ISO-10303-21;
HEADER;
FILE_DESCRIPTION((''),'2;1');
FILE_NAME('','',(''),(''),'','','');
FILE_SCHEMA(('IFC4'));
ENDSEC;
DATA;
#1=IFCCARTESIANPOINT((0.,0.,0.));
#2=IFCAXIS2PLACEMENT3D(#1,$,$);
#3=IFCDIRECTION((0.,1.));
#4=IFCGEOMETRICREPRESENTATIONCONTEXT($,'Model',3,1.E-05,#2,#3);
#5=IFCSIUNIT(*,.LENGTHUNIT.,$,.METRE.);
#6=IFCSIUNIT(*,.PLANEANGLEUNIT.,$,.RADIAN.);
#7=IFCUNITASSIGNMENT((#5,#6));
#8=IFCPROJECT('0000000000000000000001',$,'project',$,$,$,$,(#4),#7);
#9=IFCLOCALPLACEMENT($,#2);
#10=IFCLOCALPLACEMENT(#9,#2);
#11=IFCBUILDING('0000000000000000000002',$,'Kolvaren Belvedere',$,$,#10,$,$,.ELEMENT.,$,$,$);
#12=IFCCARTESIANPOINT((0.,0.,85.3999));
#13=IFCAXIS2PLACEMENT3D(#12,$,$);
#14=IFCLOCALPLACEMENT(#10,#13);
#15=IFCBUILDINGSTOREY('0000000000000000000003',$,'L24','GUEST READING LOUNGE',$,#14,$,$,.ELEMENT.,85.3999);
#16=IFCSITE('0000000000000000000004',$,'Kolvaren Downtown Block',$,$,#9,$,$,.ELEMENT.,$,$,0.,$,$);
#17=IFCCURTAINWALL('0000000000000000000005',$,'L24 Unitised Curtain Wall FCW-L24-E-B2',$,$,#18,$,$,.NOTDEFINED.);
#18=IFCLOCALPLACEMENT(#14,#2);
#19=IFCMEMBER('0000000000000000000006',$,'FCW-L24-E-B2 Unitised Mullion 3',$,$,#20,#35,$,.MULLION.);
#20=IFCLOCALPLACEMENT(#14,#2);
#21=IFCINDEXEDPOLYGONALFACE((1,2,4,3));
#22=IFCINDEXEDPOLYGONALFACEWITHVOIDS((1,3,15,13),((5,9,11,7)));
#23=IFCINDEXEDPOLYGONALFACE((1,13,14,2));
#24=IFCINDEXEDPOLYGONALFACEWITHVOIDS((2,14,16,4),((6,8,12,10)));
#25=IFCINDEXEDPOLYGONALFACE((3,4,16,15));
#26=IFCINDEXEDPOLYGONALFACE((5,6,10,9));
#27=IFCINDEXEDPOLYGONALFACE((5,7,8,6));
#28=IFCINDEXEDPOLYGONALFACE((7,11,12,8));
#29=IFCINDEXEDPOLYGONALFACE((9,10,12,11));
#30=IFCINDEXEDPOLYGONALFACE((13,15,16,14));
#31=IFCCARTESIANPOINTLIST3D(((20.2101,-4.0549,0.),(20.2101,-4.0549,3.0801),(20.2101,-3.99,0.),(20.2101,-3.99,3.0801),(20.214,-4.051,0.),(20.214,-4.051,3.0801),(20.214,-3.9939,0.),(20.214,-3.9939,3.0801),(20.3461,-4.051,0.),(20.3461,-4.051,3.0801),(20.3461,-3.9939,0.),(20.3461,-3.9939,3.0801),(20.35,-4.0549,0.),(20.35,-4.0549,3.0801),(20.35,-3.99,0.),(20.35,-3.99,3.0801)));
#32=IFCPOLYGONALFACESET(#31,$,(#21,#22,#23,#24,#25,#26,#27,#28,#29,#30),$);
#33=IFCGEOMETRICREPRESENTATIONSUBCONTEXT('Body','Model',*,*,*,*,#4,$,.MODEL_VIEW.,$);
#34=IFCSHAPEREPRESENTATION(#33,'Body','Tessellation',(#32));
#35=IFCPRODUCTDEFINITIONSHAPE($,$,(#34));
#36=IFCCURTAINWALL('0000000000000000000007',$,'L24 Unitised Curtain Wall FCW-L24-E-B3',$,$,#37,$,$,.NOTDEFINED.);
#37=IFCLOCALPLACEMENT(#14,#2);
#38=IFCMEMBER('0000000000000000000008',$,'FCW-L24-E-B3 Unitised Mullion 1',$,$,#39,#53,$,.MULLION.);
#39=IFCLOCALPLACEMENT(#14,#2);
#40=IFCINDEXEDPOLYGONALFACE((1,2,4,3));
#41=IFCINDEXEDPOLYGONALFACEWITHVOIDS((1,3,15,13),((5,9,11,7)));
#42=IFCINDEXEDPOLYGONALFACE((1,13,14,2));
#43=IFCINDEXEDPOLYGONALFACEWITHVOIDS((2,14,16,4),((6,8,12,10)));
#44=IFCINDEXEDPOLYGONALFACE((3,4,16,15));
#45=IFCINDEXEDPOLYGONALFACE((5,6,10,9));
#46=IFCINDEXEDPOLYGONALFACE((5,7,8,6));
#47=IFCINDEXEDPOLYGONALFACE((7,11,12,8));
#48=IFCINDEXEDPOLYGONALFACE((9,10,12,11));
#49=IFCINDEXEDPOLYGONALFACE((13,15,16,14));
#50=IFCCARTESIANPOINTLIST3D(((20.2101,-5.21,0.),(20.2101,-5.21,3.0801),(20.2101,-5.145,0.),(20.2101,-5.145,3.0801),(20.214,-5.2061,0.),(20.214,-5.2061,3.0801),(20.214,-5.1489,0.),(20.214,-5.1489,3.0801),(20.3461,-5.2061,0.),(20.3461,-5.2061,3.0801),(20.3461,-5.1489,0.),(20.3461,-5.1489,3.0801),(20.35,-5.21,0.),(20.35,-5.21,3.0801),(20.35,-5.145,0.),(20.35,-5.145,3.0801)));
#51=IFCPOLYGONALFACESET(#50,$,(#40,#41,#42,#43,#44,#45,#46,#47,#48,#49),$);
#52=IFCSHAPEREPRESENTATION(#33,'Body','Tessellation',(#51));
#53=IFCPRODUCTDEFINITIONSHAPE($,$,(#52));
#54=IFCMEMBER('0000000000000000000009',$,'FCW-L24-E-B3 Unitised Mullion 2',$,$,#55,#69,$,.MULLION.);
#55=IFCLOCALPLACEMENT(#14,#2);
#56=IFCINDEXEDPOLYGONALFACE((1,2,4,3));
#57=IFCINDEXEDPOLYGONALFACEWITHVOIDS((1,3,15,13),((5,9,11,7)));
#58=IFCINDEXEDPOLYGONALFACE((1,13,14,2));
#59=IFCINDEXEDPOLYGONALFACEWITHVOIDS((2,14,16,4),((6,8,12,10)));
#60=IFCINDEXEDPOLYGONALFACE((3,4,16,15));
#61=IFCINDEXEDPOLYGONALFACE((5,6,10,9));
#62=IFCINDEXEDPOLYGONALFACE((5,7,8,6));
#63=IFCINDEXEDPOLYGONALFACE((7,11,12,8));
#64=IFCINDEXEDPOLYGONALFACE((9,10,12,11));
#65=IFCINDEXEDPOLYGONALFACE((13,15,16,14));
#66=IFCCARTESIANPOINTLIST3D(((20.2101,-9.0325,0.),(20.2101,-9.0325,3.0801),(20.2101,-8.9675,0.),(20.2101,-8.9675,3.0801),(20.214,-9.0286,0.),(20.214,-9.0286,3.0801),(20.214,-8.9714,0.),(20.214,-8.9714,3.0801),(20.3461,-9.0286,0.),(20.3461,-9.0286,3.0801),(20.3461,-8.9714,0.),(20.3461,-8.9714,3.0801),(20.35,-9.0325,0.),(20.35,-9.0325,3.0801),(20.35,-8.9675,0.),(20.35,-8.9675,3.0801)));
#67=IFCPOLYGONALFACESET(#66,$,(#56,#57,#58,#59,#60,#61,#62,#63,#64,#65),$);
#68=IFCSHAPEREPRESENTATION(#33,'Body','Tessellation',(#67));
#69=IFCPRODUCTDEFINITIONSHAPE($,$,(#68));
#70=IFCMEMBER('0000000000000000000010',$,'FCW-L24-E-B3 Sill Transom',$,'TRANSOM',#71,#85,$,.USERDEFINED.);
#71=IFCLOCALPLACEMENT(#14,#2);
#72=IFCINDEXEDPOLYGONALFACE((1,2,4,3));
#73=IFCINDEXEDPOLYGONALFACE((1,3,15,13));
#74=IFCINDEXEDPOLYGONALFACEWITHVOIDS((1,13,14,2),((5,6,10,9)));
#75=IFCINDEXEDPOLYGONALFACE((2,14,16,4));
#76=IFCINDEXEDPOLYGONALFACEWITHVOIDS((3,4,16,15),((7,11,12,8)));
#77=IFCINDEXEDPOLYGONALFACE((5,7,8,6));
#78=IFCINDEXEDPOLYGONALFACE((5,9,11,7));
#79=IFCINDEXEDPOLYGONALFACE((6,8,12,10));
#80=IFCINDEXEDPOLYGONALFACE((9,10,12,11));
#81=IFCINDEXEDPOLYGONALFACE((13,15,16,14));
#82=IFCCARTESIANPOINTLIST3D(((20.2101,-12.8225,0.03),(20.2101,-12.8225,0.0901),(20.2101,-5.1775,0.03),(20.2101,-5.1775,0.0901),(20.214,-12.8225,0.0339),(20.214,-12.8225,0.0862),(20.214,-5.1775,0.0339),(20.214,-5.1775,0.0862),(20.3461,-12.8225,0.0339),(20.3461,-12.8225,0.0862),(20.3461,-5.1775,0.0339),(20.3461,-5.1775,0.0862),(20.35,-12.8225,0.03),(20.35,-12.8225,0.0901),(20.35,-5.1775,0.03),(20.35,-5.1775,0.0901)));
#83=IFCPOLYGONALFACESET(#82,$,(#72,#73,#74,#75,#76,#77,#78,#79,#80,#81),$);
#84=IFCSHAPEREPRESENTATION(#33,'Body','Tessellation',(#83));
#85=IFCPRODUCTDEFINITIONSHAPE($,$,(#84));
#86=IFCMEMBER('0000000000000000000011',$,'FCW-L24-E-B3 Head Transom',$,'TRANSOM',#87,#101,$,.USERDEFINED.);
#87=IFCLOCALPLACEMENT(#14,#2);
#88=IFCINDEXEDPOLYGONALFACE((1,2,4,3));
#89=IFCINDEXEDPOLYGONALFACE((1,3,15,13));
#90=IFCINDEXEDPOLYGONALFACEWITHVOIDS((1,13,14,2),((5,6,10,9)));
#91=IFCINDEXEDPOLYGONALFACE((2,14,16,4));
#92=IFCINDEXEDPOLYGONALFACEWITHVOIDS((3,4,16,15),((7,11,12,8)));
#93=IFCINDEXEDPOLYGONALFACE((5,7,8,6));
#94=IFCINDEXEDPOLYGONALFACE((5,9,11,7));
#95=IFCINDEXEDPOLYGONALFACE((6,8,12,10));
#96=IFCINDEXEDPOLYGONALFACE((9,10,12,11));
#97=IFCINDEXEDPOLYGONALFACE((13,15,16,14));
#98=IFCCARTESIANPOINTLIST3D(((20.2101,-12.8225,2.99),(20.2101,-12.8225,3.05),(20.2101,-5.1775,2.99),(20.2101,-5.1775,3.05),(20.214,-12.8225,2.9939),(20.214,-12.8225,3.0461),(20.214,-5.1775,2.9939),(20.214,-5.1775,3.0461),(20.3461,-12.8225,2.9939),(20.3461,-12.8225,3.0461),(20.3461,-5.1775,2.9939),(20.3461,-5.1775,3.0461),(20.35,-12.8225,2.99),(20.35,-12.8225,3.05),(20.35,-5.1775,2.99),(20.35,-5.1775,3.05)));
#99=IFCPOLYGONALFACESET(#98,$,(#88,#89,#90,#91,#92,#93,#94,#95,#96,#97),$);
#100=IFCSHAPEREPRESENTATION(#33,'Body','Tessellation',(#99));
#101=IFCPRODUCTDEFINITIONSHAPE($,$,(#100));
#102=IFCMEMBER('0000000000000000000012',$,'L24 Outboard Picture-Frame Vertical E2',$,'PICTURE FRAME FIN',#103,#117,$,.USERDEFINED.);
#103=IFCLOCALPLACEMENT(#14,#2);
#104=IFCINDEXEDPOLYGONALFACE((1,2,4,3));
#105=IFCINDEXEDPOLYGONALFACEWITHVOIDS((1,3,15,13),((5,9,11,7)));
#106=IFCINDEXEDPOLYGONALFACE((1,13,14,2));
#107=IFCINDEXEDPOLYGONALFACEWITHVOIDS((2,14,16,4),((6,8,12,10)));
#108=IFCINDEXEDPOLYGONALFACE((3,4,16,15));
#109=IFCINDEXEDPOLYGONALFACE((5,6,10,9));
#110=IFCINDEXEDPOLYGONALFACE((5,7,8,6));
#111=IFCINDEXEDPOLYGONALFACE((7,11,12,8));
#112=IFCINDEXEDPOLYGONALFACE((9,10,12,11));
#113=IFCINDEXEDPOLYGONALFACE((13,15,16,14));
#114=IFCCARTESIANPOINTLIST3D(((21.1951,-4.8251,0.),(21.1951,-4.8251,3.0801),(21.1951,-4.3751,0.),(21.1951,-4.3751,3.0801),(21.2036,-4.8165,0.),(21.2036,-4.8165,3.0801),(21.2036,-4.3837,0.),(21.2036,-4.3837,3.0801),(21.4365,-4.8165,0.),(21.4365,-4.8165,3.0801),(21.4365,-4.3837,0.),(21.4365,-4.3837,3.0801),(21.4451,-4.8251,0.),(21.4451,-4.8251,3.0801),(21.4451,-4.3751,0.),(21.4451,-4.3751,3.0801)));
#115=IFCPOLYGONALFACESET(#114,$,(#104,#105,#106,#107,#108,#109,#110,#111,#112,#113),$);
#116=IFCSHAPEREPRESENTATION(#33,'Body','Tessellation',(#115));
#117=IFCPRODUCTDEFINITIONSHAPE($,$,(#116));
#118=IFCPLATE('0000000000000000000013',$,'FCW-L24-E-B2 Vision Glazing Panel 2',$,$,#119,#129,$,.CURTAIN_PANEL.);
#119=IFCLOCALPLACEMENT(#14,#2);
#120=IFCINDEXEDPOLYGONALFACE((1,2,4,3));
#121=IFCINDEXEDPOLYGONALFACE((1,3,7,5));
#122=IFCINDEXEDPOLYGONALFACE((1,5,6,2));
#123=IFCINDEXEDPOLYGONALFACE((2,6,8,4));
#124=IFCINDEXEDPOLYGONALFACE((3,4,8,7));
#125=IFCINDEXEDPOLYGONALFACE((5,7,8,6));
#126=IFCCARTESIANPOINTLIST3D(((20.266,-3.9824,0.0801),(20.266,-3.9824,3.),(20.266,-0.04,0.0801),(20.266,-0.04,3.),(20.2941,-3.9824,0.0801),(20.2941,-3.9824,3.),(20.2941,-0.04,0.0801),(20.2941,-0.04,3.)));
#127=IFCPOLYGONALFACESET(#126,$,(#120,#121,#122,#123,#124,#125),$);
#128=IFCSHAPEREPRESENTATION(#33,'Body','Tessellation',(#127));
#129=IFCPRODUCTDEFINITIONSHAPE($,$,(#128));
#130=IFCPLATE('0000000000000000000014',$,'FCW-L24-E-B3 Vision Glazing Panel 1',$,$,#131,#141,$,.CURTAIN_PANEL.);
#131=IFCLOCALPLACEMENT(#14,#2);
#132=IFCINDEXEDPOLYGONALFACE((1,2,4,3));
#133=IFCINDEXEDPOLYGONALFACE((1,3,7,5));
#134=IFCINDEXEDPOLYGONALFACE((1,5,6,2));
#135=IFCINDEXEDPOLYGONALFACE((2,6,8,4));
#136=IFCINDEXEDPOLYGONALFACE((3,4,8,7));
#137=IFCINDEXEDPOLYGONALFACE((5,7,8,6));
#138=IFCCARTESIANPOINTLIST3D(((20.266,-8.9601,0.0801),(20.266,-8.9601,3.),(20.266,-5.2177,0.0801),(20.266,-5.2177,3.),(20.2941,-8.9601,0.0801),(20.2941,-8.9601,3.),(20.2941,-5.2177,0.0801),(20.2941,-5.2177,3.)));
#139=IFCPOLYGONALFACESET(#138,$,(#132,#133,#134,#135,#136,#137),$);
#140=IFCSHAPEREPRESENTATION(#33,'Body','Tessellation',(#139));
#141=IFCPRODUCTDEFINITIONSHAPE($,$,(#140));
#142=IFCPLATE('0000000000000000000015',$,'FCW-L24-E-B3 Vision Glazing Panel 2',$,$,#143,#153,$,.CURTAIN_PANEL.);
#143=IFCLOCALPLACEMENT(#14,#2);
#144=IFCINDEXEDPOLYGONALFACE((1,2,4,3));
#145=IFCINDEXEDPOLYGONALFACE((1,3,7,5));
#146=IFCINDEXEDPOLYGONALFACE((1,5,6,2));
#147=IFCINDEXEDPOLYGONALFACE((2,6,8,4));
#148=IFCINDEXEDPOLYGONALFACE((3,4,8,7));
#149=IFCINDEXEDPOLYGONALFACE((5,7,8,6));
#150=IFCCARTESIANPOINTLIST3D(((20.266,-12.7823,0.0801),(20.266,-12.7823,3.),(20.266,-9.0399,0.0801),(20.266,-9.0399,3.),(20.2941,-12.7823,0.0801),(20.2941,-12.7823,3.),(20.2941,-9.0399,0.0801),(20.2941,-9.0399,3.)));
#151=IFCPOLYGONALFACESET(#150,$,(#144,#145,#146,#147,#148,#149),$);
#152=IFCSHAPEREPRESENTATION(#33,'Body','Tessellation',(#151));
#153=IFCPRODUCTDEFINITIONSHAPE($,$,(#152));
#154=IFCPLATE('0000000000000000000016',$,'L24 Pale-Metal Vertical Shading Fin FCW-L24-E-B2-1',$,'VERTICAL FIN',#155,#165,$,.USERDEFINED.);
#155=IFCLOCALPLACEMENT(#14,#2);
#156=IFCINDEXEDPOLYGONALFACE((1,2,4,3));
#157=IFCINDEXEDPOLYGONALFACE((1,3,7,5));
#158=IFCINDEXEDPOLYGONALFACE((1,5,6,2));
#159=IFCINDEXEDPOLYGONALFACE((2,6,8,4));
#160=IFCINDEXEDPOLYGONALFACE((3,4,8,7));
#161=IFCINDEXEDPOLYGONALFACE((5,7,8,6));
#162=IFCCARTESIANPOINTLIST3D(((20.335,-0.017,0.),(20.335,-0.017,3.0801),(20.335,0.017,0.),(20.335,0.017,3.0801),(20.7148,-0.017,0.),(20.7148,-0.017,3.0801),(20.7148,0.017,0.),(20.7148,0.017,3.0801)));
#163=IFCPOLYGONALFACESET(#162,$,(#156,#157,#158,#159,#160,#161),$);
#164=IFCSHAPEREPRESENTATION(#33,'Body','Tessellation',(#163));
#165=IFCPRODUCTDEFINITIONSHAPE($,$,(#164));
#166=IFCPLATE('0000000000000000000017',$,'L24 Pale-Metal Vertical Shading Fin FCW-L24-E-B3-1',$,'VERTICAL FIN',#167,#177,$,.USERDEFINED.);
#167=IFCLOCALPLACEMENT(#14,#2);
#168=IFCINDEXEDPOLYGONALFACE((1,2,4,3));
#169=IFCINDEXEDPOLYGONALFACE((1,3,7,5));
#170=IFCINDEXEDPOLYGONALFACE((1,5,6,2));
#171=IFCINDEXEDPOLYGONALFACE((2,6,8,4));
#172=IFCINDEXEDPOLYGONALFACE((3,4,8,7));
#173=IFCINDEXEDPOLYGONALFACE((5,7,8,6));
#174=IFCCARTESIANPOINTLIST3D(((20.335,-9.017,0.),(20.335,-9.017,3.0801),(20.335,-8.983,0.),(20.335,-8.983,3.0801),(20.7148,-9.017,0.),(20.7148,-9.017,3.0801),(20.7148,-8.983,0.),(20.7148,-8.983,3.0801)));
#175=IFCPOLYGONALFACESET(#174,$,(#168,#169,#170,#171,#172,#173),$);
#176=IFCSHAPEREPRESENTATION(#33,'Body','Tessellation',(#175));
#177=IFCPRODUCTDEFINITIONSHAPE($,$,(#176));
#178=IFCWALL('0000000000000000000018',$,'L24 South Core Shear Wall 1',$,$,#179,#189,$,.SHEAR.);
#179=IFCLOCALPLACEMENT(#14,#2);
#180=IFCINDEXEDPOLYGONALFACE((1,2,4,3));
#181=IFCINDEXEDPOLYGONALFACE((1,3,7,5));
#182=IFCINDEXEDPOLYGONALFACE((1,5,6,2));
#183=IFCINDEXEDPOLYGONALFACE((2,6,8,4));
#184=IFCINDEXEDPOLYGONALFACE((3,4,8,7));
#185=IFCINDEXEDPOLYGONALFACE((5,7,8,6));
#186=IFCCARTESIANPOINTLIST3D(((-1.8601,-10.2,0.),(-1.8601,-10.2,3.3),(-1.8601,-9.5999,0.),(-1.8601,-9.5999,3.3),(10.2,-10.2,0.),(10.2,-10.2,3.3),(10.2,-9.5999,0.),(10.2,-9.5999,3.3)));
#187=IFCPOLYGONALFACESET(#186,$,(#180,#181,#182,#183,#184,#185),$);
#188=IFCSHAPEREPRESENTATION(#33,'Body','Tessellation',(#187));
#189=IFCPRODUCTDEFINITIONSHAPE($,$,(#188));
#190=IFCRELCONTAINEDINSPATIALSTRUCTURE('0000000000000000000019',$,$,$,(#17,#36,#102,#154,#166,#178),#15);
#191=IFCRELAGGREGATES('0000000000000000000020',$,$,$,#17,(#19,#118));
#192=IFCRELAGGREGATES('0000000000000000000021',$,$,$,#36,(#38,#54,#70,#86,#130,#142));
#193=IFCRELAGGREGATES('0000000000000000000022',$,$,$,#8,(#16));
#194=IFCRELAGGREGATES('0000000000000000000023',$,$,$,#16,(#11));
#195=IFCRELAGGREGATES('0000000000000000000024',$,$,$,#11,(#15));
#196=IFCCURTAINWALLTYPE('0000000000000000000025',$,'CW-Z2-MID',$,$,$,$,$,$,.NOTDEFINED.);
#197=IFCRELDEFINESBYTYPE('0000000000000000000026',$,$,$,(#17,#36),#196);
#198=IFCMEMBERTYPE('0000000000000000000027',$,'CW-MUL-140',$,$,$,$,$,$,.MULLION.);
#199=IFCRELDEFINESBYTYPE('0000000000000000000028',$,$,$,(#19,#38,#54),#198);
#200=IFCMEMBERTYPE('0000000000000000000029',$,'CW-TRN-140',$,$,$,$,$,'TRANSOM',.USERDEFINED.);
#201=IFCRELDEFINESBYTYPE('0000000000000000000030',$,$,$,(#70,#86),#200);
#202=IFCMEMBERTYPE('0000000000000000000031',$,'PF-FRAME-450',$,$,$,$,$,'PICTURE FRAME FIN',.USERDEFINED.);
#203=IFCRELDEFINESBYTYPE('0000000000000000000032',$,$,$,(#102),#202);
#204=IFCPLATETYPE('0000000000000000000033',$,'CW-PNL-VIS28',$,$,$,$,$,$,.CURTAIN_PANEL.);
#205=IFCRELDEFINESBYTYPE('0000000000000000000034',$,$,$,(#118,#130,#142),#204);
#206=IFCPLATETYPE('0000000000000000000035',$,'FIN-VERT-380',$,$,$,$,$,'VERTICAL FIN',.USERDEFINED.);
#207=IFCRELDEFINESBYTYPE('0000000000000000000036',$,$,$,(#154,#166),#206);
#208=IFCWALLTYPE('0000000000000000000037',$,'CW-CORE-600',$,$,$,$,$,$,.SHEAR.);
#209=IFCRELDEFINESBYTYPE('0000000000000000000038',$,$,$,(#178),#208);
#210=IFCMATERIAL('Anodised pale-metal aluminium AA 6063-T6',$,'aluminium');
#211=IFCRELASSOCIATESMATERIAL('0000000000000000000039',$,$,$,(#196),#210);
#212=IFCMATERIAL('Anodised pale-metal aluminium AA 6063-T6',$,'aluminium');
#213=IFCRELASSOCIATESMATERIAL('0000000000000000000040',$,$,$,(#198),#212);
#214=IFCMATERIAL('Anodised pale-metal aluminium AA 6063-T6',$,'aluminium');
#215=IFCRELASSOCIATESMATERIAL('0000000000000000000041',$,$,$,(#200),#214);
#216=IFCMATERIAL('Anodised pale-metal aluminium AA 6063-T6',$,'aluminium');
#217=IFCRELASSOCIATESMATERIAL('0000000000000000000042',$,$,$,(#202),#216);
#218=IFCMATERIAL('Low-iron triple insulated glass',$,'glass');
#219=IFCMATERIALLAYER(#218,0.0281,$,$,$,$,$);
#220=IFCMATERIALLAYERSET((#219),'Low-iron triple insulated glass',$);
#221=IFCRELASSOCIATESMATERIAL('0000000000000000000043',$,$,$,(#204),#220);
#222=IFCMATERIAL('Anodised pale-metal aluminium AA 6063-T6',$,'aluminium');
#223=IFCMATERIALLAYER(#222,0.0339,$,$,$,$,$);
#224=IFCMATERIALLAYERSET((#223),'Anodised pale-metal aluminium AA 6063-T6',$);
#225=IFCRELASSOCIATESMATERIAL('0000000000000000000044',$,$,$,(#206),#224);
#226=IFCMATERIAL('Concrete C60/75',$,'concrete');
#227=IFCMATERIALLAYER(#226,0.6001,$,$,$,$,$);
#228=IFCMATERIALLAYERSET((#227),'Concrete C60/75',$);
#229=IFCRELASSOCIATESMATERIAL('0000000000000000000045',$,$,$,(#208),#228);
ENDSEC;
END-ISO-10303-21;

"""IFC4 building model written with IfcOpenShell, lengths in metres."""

from ifc_helpers import new_model, si_unit, direction, frame, frame_2d, origin, origin_2d, place, context, subcontext, project, spatial, rectangle, hollow_rectangle, extrude, material, layer, layer_set, material_profile, profile_set, type_object, element, aggregate, save


model = new_model("IFC4")

# Units and contexts
model_context = context("Model", 3, precision=1e-05, world=origin(), true_north=direction((0.0, 1.0)))
body_context = subcontext(model_context, "Body", "Model", "MODEL_VIEW")
ifc_project = project(units=[si_unit("LENGTHUNIT", "METRE"), si_unit("PLANEANGLEUNIT", "RADIAN")], contexts=[model_context])

# Site, building, storey
site_placement = place(None, origin())
site = spatial("IfcSite", under=ifc_project, at=site_placement, Name="Kolvaren Downtown Block", CompositionType="ELEMENT", RefElevation=0.0)
building_placement = place(site_placement, origin())
building = spatial("IfcBuilding", under=site, at=building_placement, Name="Kolvaren Belvedere", CompositionType="ELEMENT")
storey_placement = place(building_placement, frame((0.0, 0.0, 85.3999)))
storey = spatial("IfcBuildingStorey", under=building, at=storey_placement, Name="L24", Description="GUEST READING LOUNGE", CompositionType="ELEMENT", Elevation=85.3999)

# Curtain walls, members
ifc_material_1 = material(Name="Anodised pale-metal aluminium AA 6063-T6", Category="aluminium")
curtain_wall_type = type_object("IfcCurtainWallType", Name="CW-Z2-MID", PredefinedType="NOTDEFINED", material=ifc_material_1)
curtain_wall_1_placement = place(storey_placement, origin())
curtain_wall_1 = element("IfcCurtainWall", 1, at=curtain_wall_1_placement, inside=storey, type_object=curtain_wall_type, Name="L24 Unitised Curtain Wall FCW-L24-E-B2", PredefinedType="NOTDEFINED")
ifc_material_2 = material(Name="Anodised pale-metal aluminium AA 6063-T6", Category="aluminium")
ifc_material_profile_1 = material_profile(ifc_material_2, hollow_rectangle(XDim=0.0649, YDim=0.1399, WallThickness=0.0039, at=origin_2d()), Name="ALU-MUL-140X65")
ifc_profile_set_1 = profile_set([ifc_material_profile_1], Name="Anodised pale-metal aluminium AA 6063-T6")
member_type_1 = type_object("IfcMemberType", Name="CW-MUL-140", PredefinedType="MULLION", material=ifc_profile_set_1)
member_1_placement = place(storey_placement, frame((20.28, -4.0225, 0.0), z_axis=(0.0, 0.0, 1.0), x_axis=(0.0, 1.0, 0.0)))
member_1 = element("IfcMember", 2, at=member_1_placement, type_object=member_type_1, Name="FCW-L24-E-B2 Unitised Mullion 3", PredefinedType="MULLION", context=body_context, shape_type="SweptSolid", body=[
    extrude(hollow_rectangle(XDim=0.0649, YDim=0.1399, WallThickness=0.0039, at=origin_2d()), origin(), (0.0, 0.0, 1.0), 3.0801),
])
curtain_wall_2_placement = place(storey_placement, origin())
curtain_wall_2 = element("IfcCurtainWall", 3, at=curtain_wall_2_placement, inside=storey, type_object=curtain_wall_type, Name="L24 Unitised Curtain Wall FCW-L24-E-B3", PredefinedType="NOTDEFINED")
member_2_placement = place(storey_placement, frame((20.28, -5.1775, 0.0), z_axis=(0.0, 0.0, 1.0), x_axis=(0.0, 1.0, 0.0)))
member_2 = element("IfcMember", 4, at=member_2_placement, type_object=member_type_1, Name="FCW-L24-E-B3 Unitised Mullion 1", PredefinedType="MULLION", context=body_context, shape_type="SweptSolid", body=[
    extrude(hollow_rectangle(XDim=0.0649, YDim=0.1399, WallThickness=0.0039, at=origin_2d()), origin(), (0.0, 0.0, 1.0), 3.0801),
])
member_3_placement = place(storey_placement, frame((20.28, -9.0, 0.0), z_axis=(0.0, 0.0, 1.0), x_axis=(0.0, 1.0, 0.0)))
member_3 = element("IfcMember", 5, at=member_3_placement, type_object=member_type_1, Name="FCW-L24-E-B3 Unitised Mullion 2", PredefinedType="MULLION", context=body_context, shape_type="SweptSolid", body=[
    extrude(hollow_rectangle(XDim=0.0649, YDim=0.1399, WallThickness=0.0039, at=origin_2d()), origin(), (0.0, 0.0, 1.0), 3.0801),
])
ifc_material_3 = material(Name="Anodised pale-metal aluminium AA 6063-T6", Category="aluminium")
ifc_material_profile_2 = material_profile(ifc_material_3, hollow_rectangle(XDim=0.0601, YDim=0.1399, WallThickness=0.0039, at=origin_2d()), Name="ALU-TRN-140X60")
ifc_profile_set_2 = profile_set([ifc_material_profile_2], Name="Anodised pale-metal aluminium AA 6063-T6")
member_type_2 = type_object("IfcMemberType", Name="CW-TRN-140", ElementType="TRANSOM", PredefinedType="USERDEFINED", material=ifc_profile_set_2)
member_4_placement = place(storey_placement, frame((20.28, -5.1775, 0.0601), z_axis=(0.0, -1.0, 0.0), x_axis=(0.0, 0.0, 1.0)))
member_4 = element("IfcMember", 6, at=member_4_placement, type_object=member_type_2, Name="FCW-L24-E-B3 Sill Transom", ObjectType="TRANSOM", PredefinedType="USERDEFINED", context=body_context, shape_type="SweptSolid", body=[
    extrude(hollow_rectangle(XDim=0.0601, YDim=0.1399, WallThickness=0.0039, at=origin_2d()), origin(), (0.0, 0.0, 1.0), 7.645),
])
member_5_placement = place(storey_placement, frame((20.28, -5.1775, 3.02), z_axis=(0.0, -1.0, 0.0), x_axis=(0.0, 0.0, 1.0)))
member_5 = element("IfcMember", 7, at=member_5_placement, type_object=member_type_2, Name="FCW-L24-E-B3 Head Transom", ObjectType="TRANSOM", PredefinedType="USERDEFINED", context=body_context, shape_type="SweptSolid", body=[
    extrude(hollow_rectangle(XDim=0.0601, YDim=0.1399, WallThickness=0.0039, at=origin_2d()), origin(), (0.0, 0.0, 1.0), 7.645),
])

# Member
ifc_material_4 = material(Name="Anodised pale-metal aluminium AA 6063-T6", Category="aluminium")
ifc_material_profile_3 = material_profile(ifc_material_4, hollow_rectangle(XDim=0.25, YDim=0.45, WallThickness=0.0085, at=origin_2d()), Name="ALU-PF-450X250")
ifc_profile_set_3 = profile_set([ifc_material_profile_3], Name="Anodised pale-metal aluminium AA 6063-T6")
member_type_3 = type_object("IfcMemberType", Name="PF-FRAME-450", ElementType="PICTURE FRAME FIN", PredefinedType="USERDEFINED", material=ifc_profile_set_3)
member_6_placement = place(storey_placement, frame((21.3201, -4.6001, 0.0), z_axis=(0.0, 0.0, 1.0), x_axis=(1.0, 0.0, 0.0)))
element("IfcMember", 8, at=member_6_placement, inside=storey, type_object=member_type_3, Name="L24 Outboard Picture-Frame Vertical E2", ObjectType="PICTURE FRAME FIN", PredefinedType="USERDEFINED", context=body_context, shape_type="SweptSolid", body=[
    extrude(hollow_rectangle(XDim=0.25, YDim=0.45, WallThickness=0.0085, at=origin_2d()), origin(), (0.0, 0.0, 1.0), 3.0801),
])

# Plates
ifc_material_5 = material(Name="Low-iron triple insulated glass", Category="glass")
ifc_layer_1 = layer(ifc_material_5, 0.0281)
ifc_layer_set_1 = layer_set([ifc_layer_1], Name="Low-iron triple insulated glass")
plate_type_1 = type_object("IfcPlateType", Name="CW-PNL-VIS28", PredefinedType="CURTAIN_PANEL", material=ifc_layer_set_1)
plate_1_placement = place(storey_placement, frame((20.28, -2.0112, 0.0801), z_axis=(0.0, 0.0, 1.0), x_axis=(0.0, -1.0, 0.0)))
plate_1 = element("IfcPlate", 9, at=plate_1_placement, type_object=plate_type_1, Name="FCW-L24-E-B2 Vision Glazing Panel 2", PredefinedType="CURTAIN_PANEL", context=body_context, shape_type="SweptSolid", body=[
    extrude(rectangle(XDim=3.9424, YDim=0.0281, at=origin_2d()), origin(), (0.0, 0.0, 1.0), 2.9199),
])
aggregate(curtain_wall_1, [member_1, plate_1])
plate_2_placement = place(storey_placement, frame((20.28, -7.0889, 0.0801), z_axis=(0.0, 0.0, 1.0), x_axis=(0.0, -1.0, 0.0)))
plate_2 = element("IfcPlate", 10, at=plate_2_placement, type_object=plate_type_1, Name="FCW-L24-E-B3 Vision Glazing Panel 1", PredefinedType="CURTAIN_PANEL", context=body_context, shape_type="SweptSolid", body=[
    extrude(rectangle(XDim=3.7424, YDim=0.0281, at=origin_2d()), origin(), (0.0, 0.0, 1.0), 2.9199),
])
plate_3_placement = place(storey_placement, frame((20.28, -10.9111, 0.0801), z_axis=(0.0, 0.0, 1.0), x_axis=(0.0, -1.0, 0.0)))
plate_3 = element("IfcPlate", 11, at=plate_3_placement, type_object=plate_type_1, Name="FCW-L24-E-B3 Vision Glazing Panel 2", PredefinedType="CURTAIN_PANEL", context=body_context, shape_type="SweptSolid", body=[
    extrude(rectangle(XDim=3.7424, YDim=0.0281, at=origin_2d()), origin(), (0.0, 0.0, 1.0), 2.9199),
])
aggregate(curtain_wall_2, [member_2, member_3, member_4, member_5, plate_2, plate_3])

# Plates
ifc_material_6 = material(Name="Anodised pale-metal aluminium AA 6063-T6", Category="aluminium")
ifc_layer_2 = layer(ifc_material_6, 0.0339)
ifc_layer_set_2 = layer_set([ifc_layer_2], Name="Anodised pale-metal aluminium AA 6063-T6")
plate_type_2 = type_object("IfcPlateType", Name="FIN-VERT-380", ElementType="VERTICAL FIN", PredefinedType="USERDEFINED", material=ifc_layer_set_2)
for number, where, z_axis, x_axis, name in (
    (12, (20.5249, 0.0, 0.0), (0.0, 0.0, 1.0), (1.0, 0.0, 0.0), "L24 Pale-Metal Vertical Shading Fin FCW-L24-E-B2-1"),
    (13, (20.5249, -9.0, 0.0), (0.0, 0.0, 1.0), (1.0, 0.0, 0.0), "L24 Pale-Metal Vertical Shading Fin FCW-L24-E-B3-1"),
):
    element("IfcPlate", number, at=place(storey_placement, frame(where, z_axis=z_axis, x_axis=x_axis)), inside=storey, type_object=plate_type_2, Name=name, ObjectType="VERTICAL FIN", PredefinedType="USERDEFINED", context=body_context, shape_type="SweptSolid", body=[
        extrude(rectangle(XDim=0.3799, YDim=0.0339, at=origin_2d()), origin(), (0.0, 0.0, 1.0), 3.0801),
    ])

# Wall
ifc_material_7 = material(Name="Concrete C60/75", Category="concrete")
ifc_layer_3 = layer(ifc_material_7, 0.6001)
ifc_layer_set_3 = layer_set([ifc_layer_3], Name="Concrete C60/75")
wall_type_1 = type_object("IfcWallType", Name="CW-CORE-600", PredefinedType="SHEAR", material=ifc_layer_set_3)
wall_1_placement = place(storey_placement, frame((10.2, -9.8999, 0.0), z_axis=(0.0, 0.0, 1.0), x_axis=(-1.0, 0.0, 0.0)))
element("IfcWall", 14, at=wall_1_placement, inside=storey, type_object=wall_type_1, Name="L24 South Core Shear Wall 1", PredefinedType="SHEAR", context=body_context, shape_type="SweptSolid", body=[
    extrude(rectangle(XDim=12.0601, YDim=0.6001, at=frame_2d((6.03, 0.0))), origin(), (0.0, 0.0, 1.0), 3.3),
])

save(model, "model.ifc")
